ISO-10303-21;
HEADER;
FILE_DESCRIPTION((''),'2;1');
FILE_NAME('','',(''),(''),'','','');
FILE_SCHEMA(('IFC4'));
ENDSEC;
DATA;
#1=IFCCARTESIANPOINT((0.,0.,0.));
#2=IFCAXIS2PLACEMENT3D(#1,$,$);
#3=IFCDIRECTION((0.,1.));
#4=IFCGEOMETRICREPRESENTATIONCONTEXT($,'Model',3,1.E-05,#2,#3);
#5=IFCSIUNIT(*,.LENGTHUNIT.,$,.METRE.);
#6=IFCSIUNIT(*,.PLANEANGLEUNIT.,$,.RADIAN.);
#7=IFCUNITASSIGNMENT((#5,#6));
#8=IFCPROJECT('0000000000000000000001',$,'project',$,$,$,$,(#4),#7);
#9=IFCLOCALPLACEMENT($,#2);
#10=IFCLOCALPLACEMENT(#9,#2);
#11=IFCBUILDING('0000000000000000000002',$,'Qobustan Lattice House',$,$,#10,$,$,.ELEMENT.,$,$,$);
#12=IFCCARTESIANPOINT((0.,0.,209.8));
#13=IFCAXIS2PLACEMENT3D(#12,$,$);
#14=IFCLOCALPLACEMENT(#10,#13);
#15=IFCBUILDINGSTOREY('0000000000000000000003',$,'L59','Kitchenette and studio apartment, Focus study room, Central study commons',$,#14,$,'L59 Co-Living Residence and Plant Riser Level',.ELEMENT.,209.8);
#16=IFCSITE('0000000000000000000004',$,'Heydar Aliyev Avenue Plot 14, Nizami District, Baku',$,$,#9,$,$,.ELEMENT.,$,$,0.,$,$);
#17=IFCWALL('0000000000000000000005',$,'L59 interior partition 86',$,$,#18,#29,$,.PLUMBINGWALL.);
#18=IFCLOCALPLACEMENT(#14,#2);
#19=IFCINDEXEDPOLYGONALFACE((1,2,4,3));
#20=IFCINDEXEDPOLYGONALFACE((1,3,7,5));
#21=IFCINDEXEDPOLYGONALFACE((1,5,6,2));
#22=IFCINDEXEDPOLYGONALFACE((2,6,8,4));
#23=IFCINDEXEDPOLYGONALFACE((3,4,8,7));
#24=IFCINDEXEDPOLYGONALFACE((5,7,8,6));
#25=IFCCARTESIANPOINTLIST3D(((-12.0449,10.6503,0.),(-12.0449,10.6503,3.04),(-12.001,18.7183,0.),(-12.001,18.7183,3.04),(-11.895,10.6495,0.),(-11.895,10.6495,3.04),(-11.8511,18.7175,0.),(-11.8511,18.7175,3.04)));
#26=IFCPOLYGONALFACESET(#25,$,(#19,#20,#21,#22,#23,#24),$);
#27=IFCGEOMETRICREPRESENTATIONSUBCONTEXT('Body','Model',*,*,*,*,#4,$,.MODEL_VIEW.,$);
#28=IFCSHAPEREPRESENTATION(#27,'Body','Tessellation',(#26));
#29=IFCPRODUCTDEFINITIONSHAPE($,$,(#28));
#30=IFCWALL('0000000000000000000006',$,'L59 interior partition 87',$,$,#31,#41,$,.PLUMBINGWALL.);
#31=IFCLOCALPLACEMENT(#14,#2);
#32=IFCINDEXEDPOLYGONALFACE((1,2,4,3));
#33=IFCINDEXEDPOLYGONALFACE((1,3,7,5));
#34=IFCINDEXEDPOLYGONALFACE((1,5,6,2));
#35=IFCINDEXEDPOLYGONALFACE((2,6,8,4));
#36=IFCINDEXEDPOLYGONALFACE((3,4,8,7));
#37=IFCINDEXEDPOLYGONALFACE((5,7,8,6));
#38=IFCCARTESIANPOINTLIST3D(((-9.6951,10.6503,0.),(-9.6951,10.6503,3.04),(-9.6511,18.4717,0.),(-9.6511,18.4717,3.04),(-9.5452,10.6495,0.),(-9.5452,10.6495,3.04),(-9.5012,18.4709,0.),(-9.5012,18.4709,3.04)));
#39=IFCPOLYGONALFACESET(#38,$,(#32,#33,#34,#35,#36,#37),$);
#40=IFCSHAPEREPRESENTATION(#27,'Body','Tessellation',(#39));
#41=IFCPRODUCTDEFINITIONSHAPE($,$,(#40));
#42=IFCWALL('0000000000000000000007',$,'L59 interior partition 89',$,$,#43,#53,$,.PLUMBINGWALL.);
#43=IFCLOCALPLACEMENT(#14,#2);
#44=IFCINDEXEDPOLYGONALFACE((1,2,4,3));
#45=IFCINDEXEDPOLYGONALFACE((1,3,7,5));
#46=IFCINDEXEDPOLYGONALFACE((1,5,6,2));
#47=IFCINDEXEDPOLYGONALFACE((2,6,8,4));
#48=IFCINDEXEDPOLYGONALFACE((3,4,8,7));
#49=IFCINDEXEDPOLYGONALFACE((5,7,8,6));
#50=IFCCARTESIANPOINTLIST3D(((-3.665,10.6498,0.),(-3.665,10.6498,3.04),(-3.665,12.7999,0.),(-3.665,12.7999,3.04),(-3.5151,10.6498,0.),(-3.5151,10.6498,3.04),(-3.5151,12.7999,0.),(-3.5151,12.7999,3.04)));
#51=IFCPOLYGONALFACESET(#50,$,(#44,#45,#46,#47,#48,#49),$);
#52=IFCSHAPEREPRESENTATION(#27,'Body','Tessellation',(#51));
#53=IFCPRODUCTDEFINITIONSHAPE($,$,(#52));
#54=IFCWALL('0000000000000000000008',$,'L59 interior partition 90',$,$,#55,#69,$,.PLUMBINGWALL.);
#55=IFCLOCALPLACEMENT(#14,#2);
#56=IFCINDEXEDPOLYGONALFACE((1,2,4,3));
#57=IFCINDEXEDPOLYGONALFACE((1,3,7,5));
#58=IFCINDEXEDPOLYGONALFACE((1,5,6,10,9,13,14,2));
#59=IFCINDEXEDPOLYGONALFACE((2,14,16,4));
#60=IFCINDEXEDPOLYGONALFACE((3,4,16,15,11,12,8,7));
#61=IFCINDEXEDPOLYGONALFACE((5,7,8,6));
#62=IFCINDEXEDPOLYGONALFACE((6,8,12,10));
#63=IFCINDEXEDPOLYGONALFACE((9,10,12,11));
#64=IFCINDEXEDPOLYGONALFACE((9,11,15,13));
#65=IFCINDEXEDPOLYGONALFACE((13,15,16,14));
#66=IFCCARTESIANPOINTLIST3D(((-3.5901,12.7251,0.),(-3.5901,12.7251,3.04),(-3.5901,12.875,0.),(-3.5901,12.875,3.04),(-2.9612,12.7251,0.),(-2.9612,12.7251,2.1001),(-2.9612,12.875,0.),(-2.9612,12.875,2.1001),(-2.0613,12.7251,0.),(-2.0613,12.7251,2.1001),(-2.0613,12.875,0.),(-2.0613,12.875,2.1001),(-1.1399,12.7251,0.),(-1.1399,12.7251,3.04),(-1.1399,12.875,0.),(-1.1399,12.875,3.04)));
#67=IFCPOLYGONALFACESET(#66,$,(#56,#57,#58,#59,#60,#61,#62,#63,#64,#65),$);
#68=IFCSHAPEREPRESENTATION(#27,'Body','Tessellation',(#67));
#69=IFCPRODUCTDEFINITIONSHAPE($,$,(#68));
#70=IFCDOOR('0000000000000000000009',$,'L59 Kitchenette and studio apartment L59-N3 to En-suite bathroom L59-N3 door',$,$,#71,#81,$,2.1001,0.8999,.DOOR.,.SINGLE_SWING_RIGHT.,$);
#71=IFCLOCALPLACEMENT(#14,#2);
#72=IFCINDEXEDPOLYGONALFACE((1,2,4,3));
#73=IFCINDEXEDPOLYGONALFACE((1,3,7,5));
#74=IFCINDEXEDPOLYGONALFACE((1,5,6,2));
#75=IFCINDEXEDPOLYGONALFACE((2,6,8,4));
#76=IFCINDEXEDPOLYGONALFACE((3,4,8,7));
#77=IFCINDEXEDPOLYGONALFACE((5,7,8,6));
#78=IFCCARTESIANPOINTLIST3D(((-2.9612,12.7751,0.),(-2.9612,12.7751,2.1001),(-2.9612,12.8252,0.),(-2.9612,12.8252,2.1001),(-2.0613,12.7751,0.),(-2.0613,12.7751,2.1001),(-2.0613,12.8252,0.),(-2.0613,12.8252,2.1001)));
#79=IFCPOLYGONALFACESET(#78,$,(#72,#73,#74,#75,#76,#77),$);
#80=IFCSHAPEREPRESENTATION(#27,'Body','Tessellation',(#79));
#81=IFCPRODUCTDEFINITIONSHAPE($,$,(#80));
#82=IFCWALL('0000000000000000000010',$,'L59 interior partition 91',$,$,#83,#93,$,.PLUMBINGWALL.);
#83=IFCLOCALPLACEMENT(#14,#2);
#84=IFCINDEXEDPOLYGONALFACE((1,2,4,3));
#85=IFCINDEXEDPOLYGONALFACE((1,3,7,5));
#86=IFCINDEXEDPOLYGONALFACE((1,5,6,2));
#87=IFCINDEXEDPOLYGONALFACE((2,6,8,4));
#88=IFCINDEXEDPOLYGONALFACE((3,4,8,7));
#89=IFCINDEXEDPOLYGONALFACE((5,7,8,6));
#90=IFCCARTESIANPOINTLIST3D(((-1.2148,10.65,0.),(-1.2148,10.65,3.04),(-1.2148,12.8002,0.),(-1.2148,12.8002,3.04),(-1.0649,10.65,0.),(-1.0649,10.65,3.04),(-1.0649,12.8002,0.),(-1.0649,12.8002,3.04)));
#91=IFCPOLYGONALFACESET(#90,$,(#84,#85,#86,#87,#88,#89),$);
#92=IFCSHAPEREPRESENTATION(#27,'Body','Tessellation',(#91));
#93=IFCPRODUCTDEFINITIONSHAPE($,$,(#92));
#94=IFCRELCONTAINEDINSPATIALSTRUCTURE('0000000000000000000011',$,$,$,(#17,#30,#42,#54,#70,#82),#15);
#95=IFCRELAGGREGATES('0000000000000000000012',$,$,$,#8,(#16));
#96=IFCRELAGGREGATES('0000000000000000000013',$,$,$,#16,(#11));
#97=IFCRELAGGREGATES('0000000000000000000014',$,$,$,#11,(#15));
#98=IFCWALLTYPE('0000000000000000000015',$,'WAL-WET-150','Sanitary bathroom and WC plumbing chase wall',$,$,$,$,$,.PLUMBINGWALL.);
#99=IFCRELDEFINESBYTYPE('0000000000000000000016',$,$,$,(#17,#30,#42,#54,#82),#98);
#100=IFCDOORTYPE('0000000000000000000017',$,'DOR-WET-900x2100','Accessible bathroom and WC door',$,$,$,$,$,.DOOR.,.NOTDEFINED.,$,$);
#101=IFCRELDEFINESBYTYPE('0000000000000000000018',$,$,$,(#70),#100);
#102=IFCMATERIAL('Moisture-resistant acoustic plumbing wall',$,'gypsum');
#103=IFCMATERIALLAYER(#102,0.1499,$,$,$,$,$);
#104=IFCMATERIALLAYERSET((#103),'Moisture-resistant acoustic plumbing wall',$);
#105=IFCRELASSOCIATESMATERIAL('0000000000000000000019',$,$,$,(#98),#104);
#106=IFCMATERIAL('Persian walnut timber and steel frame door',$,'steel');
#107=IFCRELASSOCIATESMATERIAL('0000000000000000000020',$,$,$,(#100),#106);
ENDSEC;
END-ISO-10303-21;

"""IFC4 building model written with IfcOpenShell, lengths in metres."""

from ifc_helpers import new_model, si_unit, direction, frame, frame_2d, origin, place, context, subcontext, project, spatial, rectangle, extrude, material, layer, layer_set, type_object, element, fill, save


model = new_model("IFC4")

# Units and contexts
model_context = context("Model", 3, precision=1e-05, world=origin(), true_north=direction((0.0, 1.0)))
body_context = subcontext(model_context, "Body", "Model", "MODEL_VIEW")
ifc_project = project(units=[si_unit("LENGTHUNIT", "METRE"), si_unit("PLANEANGLEUNIT", "RADIAN")], contexts=[model_context])

# Site, building, storey
site_placement = place(None, origin())
site = spatial("IfcSite", under=ifc_project, at=site_placement, Name="Heydar Aliyev Avenue Plot 14, Nizami District, Baku", CompositionType="ELEMENT", RefElevation=0.0)
building_placement = place(site_placement, origin())
building = spatial("IfcBuilding", under=site, at=building_placement, Name="Qobustan Lattice House", CompositionType="ELEMENT")
storey_placement = place(building_placement, frame((0.0, 0.0, 209.8)))
storey = spatial("IfcBuildingStorey", under=building, at=storey_placement, Name="L59", Description="Kitchenette and studio apartment, Focus study room, Central study commons", LongName="L59 Co-Living Residence and Plant Riser Level", CompositionType="ELEMENT", Elevation=209.8)

# Walls
ifc_material_1 = material(Name="Moisture-resistant acoustic plumbing wall", Category="gypsum")
ifc_layer_1 = layer(ifc_material_1, 0.1499)
ifc_layer_set_1 = layer_set([ifc_layer_1], Name="Moisture-resistant acoustic plumbing wall")
wall_type_1 = type_object("IfcWallType", Name="WAL-WET-150", Description="Sanitary bathroom and WC plumbing chase wall", PredefinedType="PLUMBINGWALL", material=ifc_layer_set_1)
wall_1_placement = place(storey_placement, frame((-11.926, 18.718, 0.0), z_axis=(0.0, 0.0, 1.0), x_axis=(-0.005447, -0.999985, 0.0)))
element("IfcWall", 1, at=wall_1_placement, inside=storey, type_object=wall_type_1, Name="L59 interior partition 86", PredefinedType="PLUMBINGWALL", context=body_context, shape_type="SweptSolid", body=[
    extrude(rectangle(XDim=8.0681, YDim=0.1499, at=frame_2d((4.0342, 0.0))), origin(), (0.0, 0.0, 1.0), 3.04),
])
wall_2_placement = place(storey_placement, frame((-9.5762, 18.4712, 0.0), z_axis=(0.0, 0.0, 1.0), x_axis=(-0.005619, -0.999984, 0.0)))
element("IfcWall", 2, at=wall_2_placement, inside=storey, type_object=wall_type_1, Name="L59 interior partition 87", PredefinedType="PLUMBINGWALL", context=body_context, shape_type="SweptSolid", body=[
    extrude(rectangle(XDim=7.8215, YDim=0.1499, at=frame_2d((3.9106, 0.0))), origin(), (0.0, 0.0, 1.0), 3.04),
])
wall_3_placement = place(storey_placement, frame((-3.5901, 12.8, 0.0), z_axis=(0.0, 0.0, 1.0), x_axis=(0.0, -1.0, 0.0)))
element("IfcWall", 3, at=wall_3_placement, inside=storey, type_object=wall_type_1, Name="L59 interior partition 89", PredefinedType="PLUMBINGWALL", context=body_context, shape_type="SweptSolid", body=[
    extrude(rectangle(XDim=2.1501, YDim=0.1499, at=frame_2d((1.0752, 0.0))), origin(), (0.0, 0.0, 1.0), 3.04),
])

# Wall, opening, door
wall_4_placement = place(storey_placement, frame((-1.1399, 12.8, 0.0), z_axis=(0.0, 0.0, 1.0), x_axis=(-1.0, 0.0, 0.0)))
wall_4 = element("IfcWall", 4, at=wall_4_placement, inside=storey, type_object=wall_type_1, Name="L59 interior partition 90", PredefinedType="PLUMBINGWALL", context=body_context, shape_type="SweptSolid", body=[
    extrude(rectangle(XDim=2.4502, YDim=0.1499, at=frame_2d((1.2251, 0.0))), origin(), (0.0, 0.0, 1.0), 3.04),
])
opening_1_placement = place(wall_4_placement, frame((0.9214, 0.0, 0.0)))
opening_1 = element("IfcOpeningElement", 5, at=opening_1_placement, cuts=wall_4, PredefinedType="OPENING", context=body_context, shape_type="SweptSolid", body=[
    extrude(rectangle(XDim=0.8999, YDim=2.1001, at=frame_2d((0.45, 1.05))), frame((0.0, 0.085, 0.0), z_axis=(0.0, -1.0, 0.0), x_axis=(1.0, 0.0, 0.0)), (0.0, 0.0, 1.0), 0.1699),
])
ifc_material_2 = material(Name="Persian walnut timber and steel frame door", Category="steel")
door_type_1 = type_object("IfcDoorType", Name="DOR-WET-900x2100", Description="Accessible bathroom and WC door", OperationType="NOTDEFINED", PredefinedType="DOOR", material=ifc_material_2)
door_1_placement = place(opening_1_placement, origin())
door_1 = element("IfcDoor", 6, at=door_1_placement, inside=storey, type_object=door_type_1, Name="L59 Kitchenette and studio apartment L59-N3 to En-suite bathroom L59-N3 door", OperationType="SINGLE_SWING_RIGHT", OverallHeight=2.1001, OverallWidth=0.8999, PredefinedType="DOOR", context=body_context, shape_type="SweptSolid", body=[
    extrude(rectangle(XDim=0.8999, YDim=2.1001, at=frame_2d((0.45, 1.05))), frame((0.0, 0.0249, 0.0), z_axis=(0.0, -1.0, 0.0), x_axis=(1.0, 0.0, 0.0)), (0.0, 0.0, 1.0), 0.05),
])
fill(opening_1, door_1)

# Wall
wall_5_placement = place(storey_placement, frame((-1.1399, 10.6499, 0.0), z_axis=(0.0, 0.0, 1.0), x_axis=(0.0, 1.0, 0.0)))
element("IfcWall", 7, at=wall_5_placement, inside=storey, type_object=wall_type_1, Name="L59 interior partition 91", PredefinedType="PLUMBINGWALL", context=body_context, shape_type="SweptSolid", body=[
    extrude(rectangle(XDim=2.1501, YDim=0.1499, at=frame_2d((1.0752, 0.0))), origin(), (0.0, 0.0, 1.0), 3.04),
])

save(model, "model.ifc")
